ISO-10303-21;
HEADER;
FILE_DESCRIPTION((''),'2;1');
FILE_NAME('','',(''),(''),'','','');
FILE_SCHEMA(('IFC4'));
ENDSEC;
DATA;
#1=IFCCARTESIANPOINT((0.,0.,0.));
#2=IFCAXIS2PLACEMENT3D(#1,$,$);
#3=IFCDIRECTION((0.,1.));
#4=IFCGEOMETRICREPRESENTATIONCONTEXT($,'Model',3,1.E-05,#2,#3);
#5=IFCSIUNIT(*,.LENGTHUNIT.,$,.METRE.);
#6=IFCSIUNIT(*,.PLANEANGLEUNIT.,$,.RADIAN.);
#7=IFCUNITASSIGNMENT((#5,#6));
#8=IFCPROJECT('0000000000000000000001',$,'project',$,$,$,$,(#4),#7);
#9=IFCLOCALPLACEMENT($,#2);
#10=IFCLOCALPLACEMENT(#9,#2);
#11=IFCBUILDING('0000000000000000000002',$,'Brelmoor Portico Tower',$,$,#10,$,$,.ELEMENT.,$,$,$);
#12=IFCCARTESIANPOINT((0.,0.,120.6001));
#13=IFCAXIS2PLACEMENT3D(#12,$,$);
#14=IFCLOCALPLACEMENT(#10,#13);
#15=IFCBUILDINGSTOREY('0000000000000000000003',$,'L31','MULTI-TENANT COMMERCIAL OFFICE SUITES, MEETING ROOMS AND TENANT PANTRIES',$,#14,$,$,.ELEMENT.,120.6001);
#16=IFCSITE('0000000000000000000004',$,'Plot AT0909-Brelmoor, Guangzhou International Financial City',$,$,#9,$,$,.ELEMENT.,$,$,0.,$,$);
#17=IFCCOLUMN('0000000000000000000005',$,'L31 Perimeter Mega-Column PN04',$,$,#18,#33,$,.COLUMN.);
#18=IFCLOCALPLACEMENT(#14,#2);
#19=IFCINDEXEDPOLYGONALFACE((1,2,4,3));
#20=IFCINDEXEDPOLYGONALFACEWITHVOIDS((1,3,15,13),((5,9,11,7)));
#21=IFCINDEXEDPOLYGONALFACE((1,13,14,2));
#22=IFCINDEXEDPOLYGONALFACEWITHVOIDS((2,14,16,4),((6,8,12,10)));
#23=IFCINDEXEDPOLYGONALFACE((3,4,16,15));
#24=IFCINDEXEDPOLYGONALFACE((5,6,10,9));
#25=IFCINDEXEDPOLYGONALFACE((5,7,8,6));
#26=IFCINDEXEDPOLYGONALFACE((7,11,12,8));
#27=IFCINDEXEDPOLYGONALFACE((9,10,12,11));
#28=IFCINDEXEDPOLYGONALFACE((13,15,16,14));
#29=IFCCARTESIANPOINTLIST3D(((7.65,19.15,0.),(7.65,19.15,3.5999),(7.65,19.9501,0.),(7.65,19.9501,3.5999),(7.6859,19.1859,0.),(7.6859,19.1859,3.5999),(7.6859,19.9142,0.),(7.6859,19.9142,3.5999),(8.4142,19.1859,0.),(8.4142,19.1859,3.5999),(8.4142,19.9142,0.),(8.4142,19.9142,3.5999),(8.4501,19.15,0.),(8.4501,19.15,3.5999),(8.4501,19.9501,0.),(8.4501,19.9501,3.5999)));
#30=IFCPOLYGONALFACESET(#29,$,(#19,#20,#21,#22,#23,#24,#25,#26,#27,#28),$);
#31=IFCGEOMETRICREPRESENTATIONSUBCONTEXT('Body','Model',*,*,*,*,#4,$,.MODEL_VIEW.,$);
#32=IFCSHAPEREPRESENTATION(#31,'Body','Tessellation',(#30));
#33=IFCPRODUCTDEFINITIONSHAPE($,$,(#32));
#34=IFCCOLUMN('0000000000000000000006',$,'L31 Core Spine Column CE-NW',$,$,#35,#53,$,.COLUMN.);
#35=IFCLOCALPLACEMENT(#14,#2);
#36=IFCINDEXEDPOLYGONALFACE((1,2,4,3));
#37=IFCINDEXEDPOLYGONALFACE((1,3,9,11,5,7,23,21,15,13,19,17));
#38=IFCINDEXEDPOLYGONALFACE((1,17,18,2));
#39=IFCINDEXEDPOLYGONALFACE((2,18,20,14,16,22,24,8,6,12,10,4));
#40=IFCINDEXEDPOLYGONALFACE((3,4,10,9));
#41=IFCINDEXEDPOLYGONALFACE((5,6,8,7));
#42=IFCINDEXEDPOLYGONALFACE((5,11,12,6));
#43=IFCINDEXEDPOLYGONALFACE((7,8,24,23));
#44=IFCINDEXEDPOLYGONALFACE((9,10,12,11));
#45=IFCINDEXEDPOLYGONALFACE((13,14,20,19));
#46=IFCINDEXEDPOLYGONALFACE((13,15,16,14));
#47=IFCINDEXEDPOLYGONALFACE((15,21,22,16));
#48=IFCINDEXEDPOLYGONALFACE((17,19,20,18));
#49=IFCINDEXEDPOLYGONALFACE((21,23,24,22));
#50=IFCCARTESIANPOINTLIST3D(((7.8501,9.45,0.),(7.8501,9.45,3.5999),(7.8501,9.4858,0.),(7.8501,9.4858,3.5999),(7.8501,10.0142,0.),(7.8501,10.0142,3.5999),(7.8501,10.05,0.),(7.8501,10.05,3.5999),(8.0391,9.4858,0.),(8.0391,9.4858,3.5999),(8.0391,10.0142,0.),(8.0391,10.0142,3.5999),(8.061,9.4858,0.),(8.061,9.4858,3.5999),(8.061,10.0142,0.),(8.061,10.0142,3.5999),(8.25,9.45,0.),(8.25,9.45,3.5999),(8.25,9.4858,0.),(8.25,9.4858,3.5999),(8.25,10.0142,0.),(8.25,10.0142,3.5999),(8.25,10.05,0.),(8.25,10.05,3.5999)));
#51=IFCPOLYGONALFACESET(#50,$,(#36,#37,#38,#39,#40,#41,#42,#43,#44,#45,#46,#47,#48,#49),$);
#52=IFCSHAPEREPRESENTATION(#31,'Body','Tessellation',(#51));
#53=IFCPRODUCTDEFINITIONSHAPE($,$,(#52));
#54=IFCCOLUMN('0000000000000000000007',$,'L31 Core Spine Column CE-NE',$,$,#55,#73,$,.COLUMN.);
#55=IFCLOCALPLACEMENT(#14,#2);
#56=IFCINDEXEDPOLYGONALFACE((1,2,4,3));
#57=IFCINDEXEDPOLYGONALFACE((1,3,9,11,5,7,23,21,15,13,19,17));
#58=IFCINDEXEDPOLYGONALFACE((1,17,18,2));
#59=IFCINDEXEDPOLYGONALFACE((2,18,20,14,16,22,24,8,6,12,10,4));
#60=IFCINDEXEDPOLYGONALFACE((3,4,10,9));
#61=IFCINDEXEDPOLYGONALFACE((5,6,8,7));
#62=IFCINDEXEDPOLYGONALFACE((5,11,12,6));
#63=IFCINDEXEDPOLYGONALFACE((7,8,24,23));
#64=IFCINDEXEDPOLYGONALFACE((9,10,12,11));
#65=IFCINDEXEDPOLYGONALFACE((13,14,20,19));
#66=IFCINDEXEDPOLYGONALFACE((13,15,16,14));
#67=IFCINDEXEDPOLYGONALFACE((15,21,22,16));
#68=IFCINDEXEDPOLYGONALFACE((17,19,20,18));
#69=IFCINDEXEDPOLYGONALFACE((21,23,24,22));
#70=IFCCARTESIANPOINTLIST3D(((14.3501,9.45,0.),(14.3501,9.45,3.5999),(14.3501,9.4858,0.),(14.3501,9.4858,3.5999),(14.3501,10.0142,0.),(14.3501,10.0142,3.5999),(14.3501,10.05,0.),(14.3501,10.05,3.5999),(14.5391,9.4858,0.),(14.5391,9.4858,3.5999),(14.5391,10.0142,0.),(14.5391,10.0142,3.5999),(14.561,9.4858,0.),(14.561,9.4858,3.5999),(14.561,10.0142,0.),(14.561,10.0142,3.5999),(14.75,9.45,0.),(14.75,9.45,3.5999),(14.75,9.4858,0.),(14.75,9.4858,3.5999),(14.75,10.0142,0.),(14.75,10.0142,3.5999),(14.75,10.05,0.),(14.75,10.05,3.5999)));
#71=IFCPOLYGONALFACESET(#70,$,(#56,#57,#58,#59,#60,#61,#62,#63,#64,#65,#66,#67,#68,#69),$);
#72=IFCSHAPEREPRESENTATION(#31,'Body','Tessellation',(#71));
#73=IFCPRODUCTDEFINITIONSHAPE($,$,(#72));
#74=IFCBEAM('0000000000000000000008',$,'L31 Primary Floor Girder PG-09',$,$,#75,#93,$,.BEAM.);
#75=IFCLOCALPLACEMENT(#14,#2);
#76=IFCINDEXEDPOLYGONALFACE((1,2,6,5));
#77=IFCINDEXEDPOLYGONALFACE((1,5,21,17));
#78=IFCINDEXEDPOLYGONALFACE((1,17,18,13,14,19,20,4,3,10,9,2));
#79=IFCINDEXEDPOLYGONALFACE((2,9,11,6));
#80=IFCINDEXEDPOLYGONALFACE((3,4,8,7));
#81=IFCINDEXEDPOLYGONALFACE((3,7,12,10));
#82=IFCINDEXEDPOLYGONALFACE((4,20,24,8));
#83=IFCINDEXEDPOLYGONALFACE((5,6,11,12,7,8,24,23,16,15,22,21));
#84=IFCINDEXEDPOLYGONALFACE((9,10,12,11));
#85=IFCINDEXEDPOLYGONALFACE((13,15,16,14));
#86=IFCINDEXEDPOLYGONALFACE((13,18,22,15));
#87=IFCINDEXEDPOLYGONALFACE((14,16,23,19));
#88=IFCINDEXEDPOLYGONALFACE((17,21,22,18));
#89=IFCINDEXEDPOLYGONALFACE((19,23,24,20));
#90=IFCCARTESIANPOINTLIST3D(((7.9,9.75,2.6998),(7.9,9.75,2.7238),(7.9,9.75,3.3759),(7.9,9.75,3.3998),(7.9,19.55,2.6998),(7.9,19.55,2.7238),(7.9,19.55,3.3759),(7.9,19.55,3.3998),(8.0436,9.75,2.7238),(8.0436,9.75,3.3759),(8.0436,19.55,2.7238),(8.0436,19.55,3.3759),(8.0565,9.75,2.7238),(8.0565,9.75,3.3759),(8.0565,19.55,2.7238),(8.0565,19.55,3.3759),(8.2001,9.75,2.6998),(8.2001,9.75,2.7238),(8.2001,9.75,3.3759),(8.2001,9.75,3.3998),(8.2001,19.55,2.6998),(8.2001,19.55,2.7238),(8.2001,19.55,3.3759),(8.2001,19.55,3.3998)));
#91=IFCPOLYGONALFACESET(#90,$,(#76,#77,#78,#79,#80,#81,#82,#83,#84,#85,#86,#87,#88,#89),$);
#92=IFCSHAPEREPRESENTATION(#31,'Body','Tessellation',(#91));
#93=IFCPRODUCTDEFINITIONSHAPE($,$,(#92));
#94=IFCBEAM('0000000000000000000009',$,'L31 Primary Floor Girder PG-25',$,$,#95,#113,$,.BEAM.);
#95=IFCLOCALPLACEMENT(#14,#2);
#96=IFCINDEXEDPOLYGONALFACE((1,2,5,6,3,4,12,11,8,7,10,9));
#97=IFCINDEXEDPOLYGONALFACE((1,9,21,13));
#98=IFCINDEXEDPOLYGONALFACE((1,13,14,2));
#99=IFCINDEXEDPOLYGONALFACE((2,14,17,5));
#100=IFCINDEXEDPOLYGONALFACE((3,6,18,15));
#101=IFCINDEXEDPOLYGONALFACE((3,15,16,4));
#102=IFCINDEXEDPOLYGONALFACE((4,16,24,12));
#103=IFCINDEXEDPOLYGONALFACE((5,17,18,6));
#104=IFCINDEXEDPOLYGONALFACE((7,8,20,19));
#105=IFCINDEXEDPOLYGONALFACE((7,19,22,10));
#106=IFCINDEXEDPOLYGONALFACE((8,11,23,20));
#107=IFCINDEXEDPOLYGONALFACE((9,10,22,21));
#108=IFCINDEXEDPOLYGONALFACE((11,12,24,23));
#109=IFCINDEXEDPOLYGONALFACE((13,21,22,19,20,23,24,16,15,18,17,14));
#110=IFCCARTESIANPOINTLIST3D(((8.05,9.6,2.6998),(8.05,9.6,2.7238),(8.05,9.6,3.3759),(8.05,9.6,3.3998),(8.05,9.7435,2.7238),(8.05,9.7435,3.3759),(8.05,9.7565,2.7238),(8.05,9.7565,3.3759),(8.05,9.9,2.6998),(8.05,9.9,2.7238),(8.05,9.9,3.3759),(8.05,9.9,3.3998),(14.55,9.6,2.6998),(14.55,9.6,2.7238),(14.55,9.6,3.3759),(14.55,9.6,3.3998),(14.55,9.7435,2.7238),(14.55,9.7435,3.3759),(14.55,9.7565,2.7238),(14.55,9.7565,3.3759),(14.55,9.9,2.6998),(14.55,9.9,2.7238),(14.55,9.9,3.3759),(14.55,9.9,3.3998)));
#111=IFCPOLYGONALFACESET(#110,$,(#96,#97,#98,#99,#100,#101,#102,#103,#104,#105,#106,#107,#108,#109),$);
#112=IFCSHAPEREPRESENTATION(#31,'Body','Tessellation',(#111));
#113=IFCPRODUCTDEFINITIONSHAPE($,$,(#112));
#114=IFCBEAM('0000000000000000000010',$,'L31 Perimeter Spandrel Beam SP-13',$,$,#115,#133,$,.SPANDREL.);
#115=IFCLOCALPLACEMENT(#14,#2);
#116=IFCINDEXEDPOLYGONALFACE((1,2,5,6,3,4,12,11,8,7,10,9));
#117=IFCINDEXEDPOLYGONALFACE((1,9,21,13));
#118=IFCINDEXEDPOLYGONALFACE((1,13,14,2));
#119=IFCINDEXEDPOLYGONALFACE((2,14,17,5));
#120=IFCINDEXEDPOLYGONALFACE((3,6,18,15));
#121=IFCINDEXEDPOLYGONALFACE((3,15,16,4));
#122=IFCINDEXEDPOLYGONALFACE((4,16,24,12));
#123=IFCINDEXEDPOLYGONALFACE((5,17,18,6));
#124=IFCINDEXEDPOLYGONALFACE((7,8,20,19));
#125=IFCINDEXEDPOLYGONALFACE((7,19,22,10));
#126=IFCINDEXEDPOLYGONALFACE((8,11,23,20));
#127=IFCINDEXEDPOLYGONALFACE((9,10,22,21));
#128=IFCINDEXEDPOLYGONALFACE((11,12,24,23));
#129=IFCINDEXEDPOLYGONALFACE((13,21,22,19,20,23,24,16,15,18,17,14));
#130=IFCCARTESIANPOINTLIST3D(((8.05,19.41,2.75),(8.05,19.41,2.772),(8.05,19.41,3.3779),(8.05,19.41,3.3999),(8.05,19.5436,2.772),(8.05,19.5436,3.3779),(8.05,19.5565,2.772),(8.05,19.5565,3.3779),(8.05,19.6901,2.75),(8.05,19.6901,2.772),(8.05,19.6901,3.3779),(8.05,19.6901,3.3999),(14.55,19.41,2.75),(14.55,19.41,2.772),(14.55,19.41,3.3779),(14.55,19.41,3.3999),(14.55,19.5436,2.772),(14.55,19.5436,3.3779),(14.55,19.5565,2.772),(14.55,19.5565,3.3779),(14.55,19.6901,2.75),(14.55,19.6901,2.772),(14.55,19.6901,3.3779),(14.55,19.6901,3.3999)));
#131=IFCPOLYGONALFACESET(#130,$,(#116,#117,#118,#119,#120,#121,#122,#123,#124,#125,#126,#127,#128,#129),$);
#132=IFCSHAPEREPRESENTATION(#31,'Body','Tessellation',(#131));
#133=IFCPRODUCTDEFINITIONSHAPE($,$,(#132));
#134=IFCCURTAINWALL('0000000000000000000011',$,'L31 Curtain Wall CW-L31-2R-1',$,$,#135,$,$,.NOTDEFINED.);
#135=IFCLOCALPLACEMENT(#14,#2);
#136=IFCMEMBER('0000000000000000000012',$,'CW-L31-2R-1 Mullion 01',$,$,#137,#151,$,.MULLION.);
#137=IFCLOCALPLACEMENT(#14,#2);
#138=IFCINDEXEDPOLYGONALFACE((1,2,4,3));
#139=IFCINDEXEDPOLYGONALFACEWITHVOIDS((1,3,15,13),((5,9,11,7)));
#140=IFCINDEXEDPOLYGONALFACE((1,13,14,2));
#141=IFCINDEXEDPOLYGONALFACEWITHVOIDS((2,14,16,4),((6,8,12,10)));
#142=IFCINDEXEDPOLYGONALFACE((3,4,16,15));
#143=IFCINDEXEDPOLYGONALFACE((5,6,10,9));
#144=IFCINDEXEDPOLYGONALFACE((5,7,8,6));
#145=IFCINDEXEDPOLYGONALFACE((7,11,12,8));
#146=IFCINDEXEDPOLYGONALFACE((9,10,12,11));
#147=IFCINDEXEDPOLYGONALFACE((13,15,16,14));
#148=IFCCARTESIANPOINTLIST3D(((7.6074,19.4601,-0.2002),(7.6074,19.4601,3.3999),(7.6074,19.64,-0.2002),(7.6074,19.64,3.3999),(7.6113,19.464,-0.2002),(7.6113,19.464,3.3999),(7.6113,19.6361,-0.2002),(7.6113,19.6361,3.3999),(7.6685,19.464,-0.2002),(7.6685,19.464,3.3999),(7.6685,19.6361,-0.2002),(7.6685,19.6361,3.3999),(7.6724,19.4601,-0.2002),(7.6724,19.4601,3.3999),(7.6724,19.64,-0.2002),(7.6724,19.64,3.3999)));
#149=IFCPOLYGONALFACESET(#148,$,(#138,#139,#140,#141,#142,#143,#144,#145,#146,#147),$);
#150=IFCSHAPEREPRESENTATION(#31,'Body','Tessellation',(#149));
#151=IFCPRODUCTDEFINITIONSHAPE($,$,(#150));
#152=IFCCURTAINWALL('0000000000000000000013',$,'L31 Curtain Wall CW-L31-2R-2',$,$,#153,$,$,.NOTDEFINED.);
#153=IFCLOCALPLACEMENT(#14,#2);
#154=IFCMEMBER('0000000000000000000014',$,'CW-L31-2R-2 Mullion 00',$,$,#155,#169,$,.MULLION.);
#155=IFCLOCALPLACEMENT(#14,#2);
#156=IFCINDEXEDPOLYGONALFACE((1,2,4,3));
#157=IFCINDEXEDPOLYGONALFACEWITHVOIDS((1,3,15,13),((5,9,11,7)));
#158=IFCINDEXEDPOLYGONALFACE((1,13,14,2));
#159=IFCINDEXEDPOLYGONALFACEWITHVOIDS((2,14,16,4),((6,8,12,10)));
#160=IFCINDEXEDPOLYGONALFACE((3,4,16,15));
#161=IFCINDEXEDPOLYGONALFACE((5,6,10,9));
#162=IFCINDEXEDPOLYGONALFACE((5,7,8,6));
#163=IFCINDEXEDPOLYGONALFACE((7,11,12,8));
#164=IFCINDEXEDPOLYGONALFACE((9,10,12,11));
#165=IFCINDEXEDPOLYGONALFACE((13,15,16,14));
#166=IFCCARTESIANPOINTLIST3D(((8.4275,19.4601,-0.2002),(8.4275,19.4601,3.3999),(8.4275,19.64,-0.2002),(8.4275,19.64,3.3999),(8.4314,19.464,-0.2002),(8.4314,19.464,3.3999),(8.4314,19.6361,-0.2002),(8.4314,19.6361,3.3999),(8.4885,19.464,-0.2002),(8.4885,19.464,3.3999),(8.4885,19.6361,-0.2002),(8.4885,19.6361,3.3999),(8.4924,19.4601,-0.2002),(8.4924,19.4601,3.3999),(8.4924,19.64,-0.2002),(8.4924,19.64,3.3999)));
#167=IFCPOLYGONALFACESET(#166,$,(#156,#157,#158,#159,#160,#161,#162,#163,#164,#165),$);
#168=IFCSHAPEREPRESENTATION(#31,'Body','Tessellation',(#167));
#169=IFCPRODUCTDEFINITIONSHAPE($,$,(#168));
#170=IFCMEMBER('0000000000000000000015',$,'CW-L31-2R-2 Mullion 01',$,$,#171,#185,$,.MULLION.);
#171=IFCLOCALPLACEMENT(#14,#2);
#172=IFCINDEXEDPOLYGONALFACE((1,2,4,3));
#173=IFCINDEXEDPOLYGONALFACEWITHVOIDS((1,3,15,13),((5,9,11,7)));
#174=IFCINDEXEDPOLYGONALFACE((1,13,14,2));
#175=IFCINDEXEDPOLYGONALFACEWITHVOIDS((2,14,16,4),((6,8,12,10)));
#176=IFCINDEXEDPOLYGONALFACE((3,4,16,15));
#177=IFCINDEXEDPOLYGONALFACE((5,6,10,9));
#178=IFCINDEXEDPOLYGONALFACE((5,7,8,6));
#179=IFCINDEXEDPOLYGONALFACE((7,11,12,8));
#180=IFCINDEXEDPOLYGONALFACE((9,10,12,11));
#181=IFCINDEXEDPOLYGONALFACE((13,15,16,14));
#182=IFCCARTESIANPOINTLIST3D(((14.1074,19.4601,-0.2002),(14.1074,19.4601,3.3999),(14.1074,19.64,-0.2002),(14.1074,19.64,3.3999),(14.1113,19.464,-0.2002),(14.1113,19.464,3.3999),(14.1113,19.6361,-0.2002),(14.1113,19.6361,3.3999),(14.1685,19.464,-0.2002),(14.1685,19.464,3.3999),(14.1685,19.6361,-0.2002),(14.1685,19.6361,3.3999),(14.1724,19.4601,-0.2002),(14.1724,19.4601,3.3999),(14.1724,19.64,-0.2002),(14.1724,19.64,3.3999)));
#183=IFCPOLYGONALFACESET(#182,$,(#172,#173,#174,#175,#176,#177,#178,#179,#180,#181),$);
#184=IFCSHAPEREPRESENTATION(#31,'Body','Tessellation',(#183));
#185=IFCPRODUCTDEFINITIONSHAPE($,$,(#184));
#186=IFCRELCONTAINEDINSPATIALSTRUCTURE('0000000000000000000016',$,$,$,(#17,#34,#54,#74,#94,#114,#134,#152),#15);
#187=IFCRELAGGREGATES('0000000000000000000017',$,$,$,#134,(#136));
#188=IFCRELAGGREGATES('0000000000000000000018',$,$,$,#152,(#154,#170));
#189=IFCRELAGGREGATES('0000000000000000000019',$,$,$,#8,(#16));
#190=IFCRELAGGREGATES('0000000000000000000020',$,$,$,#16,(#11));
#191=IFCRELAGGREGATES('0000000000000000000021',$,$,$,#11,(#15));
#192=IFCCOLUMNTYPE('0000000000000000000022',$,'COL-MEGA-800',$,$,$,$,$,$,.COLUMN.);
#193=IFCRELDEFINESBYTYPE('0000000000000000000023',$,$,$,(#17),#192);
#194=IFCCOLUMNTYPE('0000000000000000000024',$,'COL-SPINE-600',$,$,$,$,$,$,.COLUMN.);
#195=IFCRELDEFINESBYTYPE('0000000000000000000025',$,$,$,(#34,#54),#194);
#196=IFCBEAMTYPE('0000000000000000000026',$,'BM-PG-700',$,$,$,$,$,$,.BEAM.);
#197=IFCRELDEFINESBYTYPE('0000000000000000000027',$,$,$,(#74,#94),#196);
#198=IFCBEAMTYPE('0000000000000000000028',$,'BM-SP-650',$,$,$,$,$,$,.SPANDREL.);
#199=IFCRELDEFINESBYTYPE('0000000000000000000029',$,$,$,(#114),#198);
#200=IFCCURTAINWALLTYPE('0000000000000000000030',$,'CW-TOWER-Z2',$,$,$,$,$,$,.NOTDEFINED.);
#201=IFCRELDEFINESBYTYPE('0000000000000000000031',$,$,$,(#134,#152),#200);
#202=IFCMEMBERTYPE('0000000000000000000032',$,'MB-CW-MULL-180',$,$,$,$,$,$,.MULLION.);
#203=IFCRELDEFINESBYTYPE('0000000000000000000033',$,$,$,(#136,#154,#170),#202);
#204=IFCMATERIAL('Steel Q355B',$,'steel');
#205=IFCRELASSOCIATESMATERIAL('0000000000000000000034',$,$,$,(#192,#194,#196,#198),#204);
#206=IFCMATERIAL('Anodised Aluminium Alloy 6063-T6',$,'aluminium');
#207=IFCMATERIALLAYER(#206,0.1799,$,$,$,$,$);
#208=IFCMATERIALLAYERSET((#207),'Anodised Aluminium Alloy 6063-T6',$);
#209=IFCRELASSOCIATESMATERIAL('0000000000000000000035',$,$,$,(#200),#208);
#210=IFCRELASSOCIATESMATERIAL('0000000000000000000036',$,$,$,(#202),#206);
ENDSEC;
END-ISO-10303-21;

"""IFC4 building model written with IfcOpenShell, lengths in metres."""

from ifc_helpers import new_model, si_unit, direction, frame, origin, origin_2d, place, context, subcontext, project, spatial, hollow_rectangle, i_section, extrude, material, layer, layer_set, material_profile, profile_set, type_object, element, aggregate, save


model = new_model("IFC4")

# Units and contexts
model_context = context("Model", 3, precision=1e-05, world=origin(), true_north=direction((0.0, 1.0)))
body_context = subcontext(model_context, "Body", "Model", "MODEL_VIEW")
ifc_project = project(units=[si_unit("LENGTHUNIT", "METRE"), si_unit("PLANEANGLEUNIT", "RADIAN")], contexts=[model_context])

# Site, building, storey
site_placement = place(None, origin())
site = spatial("IfcSite", under=ifc_project, at=site_placement, Name="Plot AT0909-Brelmoor, Guangzhou International Financial City", CompositionType="ELEMENT", RefElevation=0.0)
building_placement = place(site_placement, origin())
building = spatial("IfcBuilding", under=site, at=building_placement, Name="Brelmoor Portico Tower", CompositionType="ELEMENT")
storey_placement = place(building_placement, frame((0.0, 0.0, 120.6001)))
storey = spatial("IfcBuildingStorey", under=building, at=storey_placement, Name="L31", Description="MULTI-TENANT COMMERCIAL OFFICE SUITES, MEETING ROOMS AND TENANT PANTRIES", CompositionType="ELEMENT", Elevation=120.6001)

# Columns
ifc_material_1 = material(Name="Steel Q355B", Category="steel")
ifc_material_profile_1 = material_profile(ifc_material_1, hollow_rectangle(XDim=0.8, YDim=0.8, WallThickness=0.0359, at=origin_2d()), Name="BOX 800x800x36")
ifc_profile_set_1 = profile_set([ifc_material_profile_1], Name="Steel Q355B")
column_type_1 = type_object("IfcColumnType", Name="COL-MEGA-800", PredefinedType="COLUMN", material=ifc_profile_set_1)
column_placement = place(storey_placement, frame((8.05, 19.55, 0.0), z_axis=(0.0, 0.0, 1.0), x_axis=(1.0, 0.0, 0.0)))
element("IfcColumn", 1, at=column_placement, inside=storey, type_object=column_type_1, Name="L31 Perimeter Mega-Column PN04", PredefinedType="COLUMN", context=body_context, shape_type="SweptSolid", body=[
    extrude(hollow_rectangle(XDim=0.8, YDim=0.8, WallThickness=0.0359, at=origin_2d()), origin(), (0.0, 0.0, 1.0), 3.5999),
])
ifc_material_profile_2 = material_profile(ifc_material_1, i_section(OverallWidth=0.3999, OverallDepth=0.6001, WebThickness=0.022, FlangeThickness=0.0359, at=origin_2d()), Name="HW 600x400x22x36")
ifc_profile_set_2 = profile_set([ifc_material_profile_2], Name="Steel Q355B")
column_type_2 = type_object("IfcColumnType", Name="COL-SPINE-600", PredefinedType="COLUMN", material=ifc_profile_set_2)
for number, where, z_axis, x_axis, name in (
    (2, (8.05, 9.75, 0.0), (0.0, 0.0, 1.0), (1.0, 0.0, 0.0), "L31 Core Spine Column CE-NW"),
    (3, (14.55, 9.75, 0.0), (0.0, 0.0, 1.0), (1.0, 0.0, 0.0), "L31 Core Spine Column CE-NE"),
):
    element("IfcColumn", number, at=place(storey_placement, frame(where, z_axis=z_axis, x_axis=x_axis)), inside=storey, type_object=column_type_2, Name=name, PredefinedType="COLUMN", context=body_context, shape_type="SweptSolid", body=[
        extrude(i_section(OverallWidth=0.3999, OverallDepth=0.6001, WebThickness=0.022, FlangeThickness=0.0359, at=origin_2d()), origin(), (0.0, 0.0, 1.0), 3.5999),
    ])

# Beams
ifc_material_profile_3 = material_profile(ifc_material_1, i_section(OverallWidth=0.3, OverallDepth=0.7, WebThickness=0.0129, FlangeThickness=0.0239, at=origin_2d()), Name="HN 700x300x13x24")
ifc_profile_set_3 = profile_set([ifc_material_profile_3], Name="Steel Q355B")
beam_type_1 = type_object("IfcBeamType", Name="BM-PG-700", PredefinedType="BEAM", material=ifc_profile_set_3)
beam_1_placement = place(storey_placement, frame((8.05, 9.75, 3.0498), z_axis=(0.0, 1.0, 0.0), x_axis=(-1.0, 0.0, 0.0)))
element("IfcBeam", 4, at=beam_1_placement, inside=storey, type_object=beam_type_1, Name="L31 Primary Floor Girder PG-09", PredefinedType="BEAM", context=body_context, shape_type="SweptSolid", body=[
    extrude(i_section(OverallWidth=0.3, OverallDepth=0.7, WebThickness=0.0129, FlangeThickness=0.0239, at=origin_2d()), origin(), (0.0, 0.0, 1.0), 9.8),
])
beam_2_placement = place(storey_placement, frame((8.05, 9.75, 3.0498), z_axis=(1.0, 0.0, 0.0), x_axis=(0.0, 1.0, 0.0)))
element("IfcBeam", 5, at=beam_2_placement, inside=storey, type_object=beam_type_1, Name="L31 Primary Floor Girder PG-25", PredefinedType="BEAM", context=body_context, shape_type="SweptSolid", body=[
    extrude(i_section(OverallWidth=0.3, OverallDepth=0.7, WebThickness=0.0129, FlangeThickness=0.0239, at=origin_2d()), origin(), (0.0, 0.0, 1.0), 6.5),
])
ifc_material_profile_4 = material_profile(ifc_material_1, i_section(OverallWidth=0.28, OverallDepth=0.6499, WebThickness=0.0129, FlangeThickness=0.022, at=origin_2d()), Name="HN 650x280x13x22")
ifc_profile_set_4 = profile_set([ifc_material_profile_4], Name="Steel Q355B")
beam_type_2 = type_object("IfcBeamType", Name="BM-SP-650", PredefinedType="SPANDREL", material=ifc_profile_set_4)
beam_3_placement = place(storey_placement, frame((8.05, 19.55, 3.075), z_axis=(1.0, 0.0, 0.0), x_axis=(0.0, 1.0, 0.0)))
element("IfcBeam", 6, at=beam_3_placement, inside=storey, type_object=beam_type_2, Name="L31 Perimeter Spandrel Beam SP-13", PredefinedType="SPANDREL", context=body_context, shape_type="SweptSolid", body=[
    extrude(i_section(OverallWidth=0.28, OverallDepth=0.6499, WebThickness=0.0129, FlangeThickness=0.022, at=origin_2d()), origin(), (0.0, 0.0, 1.0), 6.5),
])

# Curtain wall, member
ifc_material_2 = material(Name="Anodised Aluminium Alloy 6063-T6", Category="aluminium")
ifc_layer_1 = layer(ifc_material_2, 0.1799)
ifc_layer_set_1 = layer_set([ifc_layer_1], Name="Anodised Aluminium Alloy 6063-T6")
curtain_wall_type = type_object("IfcCurtainWallType", Name="CW-TOWER-Z2", PredefinedType="NOTDEFINED", material=ifc_layer_set_1)
curtain_wall_1_placement = place(storey_placement, origin())
curtain_wall_1 = element("IfcCurtainWall", 7, at=curtain_wall_1_placement, inside=storey, type_object=curtain_wall_type, Name="L31 Curtain Wall CW-L31-2R-1", PredefinedType="NOTDEFINED")
ifc_material_profile_5 = material_profile(ifc_material_2, hollow_rectangle(XDim=0.0649, YDim=0.1799, WallThickness=0.0039, at=origin_2d()), Name="ALU MULLION 65x180")
ifc_profile_set_5 = profile_set([ifc_material_profile_5], Name="Anodised Aluminium Alloy 6063-T6")
member_type_1 = type_object("IfcMemberType", Name="MB-CW-MULL-180", PredefinedType="MULLION", material=ifc_profile_set_5)
member_1_placement = place(storey_placement, frame((7.6399, 19.55, -0.2002), z_axis=(0.0, 0.0, 1.0), x_axis=(1.0, 0.0, 0.0)))
member_1 = element("IfcMember", 8, at=member_1_placement, type_object=member_type_1, Name="CW-L31-2R-1 Mullion 01", PredefinedType="MULLION", context=body_context, shape_type="SweptSolid", body=[
    extrude(hollow_rectangle(XDim=0.0649, YDim=0.1799, WallThickness=0.0039, at=origin_2d()), origin(), (0.0, 0.0, 1.0), 3.6001),
])

# Curtain wall, members
curtain_wall_2_placement = place(storey_placement, origin())
curtain_wall_2 = element("IfcCurtainWall", 9, at=curtain_wall_2_placement, inside=storey, type_object=curtain_wall_type, Name="L31 Curtain Wall CW-L31-2R-2", PredefinedType="NOTDEFINED")
member_2_placement = place(storey_placement, frame((8.46, 19.55, -0.2002), z_axis=(0.0, 0.0, 1.0), x_axis=(1.0, 0.0, 0.0)))
member_2 = element("IfcMember", 10, at=member_2_placement, type_object=member_type_1, Name="CW-L31-2R-2 Mullion 00", PredefinedType="MULLION", context=body_context, shape_type="SweptSolid", body=[
    extrude(hollow_rectangle(XDim=0.0649, YDim=0.1799, WallThickness=0.0039, at=origin_2d()), origin(), (0.0, 0.0, 1.0), 3.6001),
])
member_3_placement = place(storey_placement, frame((14.1399, 19.55, -0.2002), z_axis=(0.0, 0.0, 1.0), x_axis=(1.0, 0.0, 0.0)))
member_3 = element("IfcMember", 11, at=member_3_placement, type_object=member_type_1, Name="CW-L31-2R-2 Mullion 01", PredefinedType="MULLION", context=body_context, shape_type="SweptSolid", body=[
    extrude(hollow_rectangle(XDim=0.0649, YDim=0.1799, WallThickness=0.0039, at=origin_2d()), origin(), (0.0, 0.0, 1.0), 3.6001),
])

aggregate(curtain_wall_1, [member_1])
aggregate(curtain_wall_2, [member_2, member_3])

save(model, "model.ifc")
